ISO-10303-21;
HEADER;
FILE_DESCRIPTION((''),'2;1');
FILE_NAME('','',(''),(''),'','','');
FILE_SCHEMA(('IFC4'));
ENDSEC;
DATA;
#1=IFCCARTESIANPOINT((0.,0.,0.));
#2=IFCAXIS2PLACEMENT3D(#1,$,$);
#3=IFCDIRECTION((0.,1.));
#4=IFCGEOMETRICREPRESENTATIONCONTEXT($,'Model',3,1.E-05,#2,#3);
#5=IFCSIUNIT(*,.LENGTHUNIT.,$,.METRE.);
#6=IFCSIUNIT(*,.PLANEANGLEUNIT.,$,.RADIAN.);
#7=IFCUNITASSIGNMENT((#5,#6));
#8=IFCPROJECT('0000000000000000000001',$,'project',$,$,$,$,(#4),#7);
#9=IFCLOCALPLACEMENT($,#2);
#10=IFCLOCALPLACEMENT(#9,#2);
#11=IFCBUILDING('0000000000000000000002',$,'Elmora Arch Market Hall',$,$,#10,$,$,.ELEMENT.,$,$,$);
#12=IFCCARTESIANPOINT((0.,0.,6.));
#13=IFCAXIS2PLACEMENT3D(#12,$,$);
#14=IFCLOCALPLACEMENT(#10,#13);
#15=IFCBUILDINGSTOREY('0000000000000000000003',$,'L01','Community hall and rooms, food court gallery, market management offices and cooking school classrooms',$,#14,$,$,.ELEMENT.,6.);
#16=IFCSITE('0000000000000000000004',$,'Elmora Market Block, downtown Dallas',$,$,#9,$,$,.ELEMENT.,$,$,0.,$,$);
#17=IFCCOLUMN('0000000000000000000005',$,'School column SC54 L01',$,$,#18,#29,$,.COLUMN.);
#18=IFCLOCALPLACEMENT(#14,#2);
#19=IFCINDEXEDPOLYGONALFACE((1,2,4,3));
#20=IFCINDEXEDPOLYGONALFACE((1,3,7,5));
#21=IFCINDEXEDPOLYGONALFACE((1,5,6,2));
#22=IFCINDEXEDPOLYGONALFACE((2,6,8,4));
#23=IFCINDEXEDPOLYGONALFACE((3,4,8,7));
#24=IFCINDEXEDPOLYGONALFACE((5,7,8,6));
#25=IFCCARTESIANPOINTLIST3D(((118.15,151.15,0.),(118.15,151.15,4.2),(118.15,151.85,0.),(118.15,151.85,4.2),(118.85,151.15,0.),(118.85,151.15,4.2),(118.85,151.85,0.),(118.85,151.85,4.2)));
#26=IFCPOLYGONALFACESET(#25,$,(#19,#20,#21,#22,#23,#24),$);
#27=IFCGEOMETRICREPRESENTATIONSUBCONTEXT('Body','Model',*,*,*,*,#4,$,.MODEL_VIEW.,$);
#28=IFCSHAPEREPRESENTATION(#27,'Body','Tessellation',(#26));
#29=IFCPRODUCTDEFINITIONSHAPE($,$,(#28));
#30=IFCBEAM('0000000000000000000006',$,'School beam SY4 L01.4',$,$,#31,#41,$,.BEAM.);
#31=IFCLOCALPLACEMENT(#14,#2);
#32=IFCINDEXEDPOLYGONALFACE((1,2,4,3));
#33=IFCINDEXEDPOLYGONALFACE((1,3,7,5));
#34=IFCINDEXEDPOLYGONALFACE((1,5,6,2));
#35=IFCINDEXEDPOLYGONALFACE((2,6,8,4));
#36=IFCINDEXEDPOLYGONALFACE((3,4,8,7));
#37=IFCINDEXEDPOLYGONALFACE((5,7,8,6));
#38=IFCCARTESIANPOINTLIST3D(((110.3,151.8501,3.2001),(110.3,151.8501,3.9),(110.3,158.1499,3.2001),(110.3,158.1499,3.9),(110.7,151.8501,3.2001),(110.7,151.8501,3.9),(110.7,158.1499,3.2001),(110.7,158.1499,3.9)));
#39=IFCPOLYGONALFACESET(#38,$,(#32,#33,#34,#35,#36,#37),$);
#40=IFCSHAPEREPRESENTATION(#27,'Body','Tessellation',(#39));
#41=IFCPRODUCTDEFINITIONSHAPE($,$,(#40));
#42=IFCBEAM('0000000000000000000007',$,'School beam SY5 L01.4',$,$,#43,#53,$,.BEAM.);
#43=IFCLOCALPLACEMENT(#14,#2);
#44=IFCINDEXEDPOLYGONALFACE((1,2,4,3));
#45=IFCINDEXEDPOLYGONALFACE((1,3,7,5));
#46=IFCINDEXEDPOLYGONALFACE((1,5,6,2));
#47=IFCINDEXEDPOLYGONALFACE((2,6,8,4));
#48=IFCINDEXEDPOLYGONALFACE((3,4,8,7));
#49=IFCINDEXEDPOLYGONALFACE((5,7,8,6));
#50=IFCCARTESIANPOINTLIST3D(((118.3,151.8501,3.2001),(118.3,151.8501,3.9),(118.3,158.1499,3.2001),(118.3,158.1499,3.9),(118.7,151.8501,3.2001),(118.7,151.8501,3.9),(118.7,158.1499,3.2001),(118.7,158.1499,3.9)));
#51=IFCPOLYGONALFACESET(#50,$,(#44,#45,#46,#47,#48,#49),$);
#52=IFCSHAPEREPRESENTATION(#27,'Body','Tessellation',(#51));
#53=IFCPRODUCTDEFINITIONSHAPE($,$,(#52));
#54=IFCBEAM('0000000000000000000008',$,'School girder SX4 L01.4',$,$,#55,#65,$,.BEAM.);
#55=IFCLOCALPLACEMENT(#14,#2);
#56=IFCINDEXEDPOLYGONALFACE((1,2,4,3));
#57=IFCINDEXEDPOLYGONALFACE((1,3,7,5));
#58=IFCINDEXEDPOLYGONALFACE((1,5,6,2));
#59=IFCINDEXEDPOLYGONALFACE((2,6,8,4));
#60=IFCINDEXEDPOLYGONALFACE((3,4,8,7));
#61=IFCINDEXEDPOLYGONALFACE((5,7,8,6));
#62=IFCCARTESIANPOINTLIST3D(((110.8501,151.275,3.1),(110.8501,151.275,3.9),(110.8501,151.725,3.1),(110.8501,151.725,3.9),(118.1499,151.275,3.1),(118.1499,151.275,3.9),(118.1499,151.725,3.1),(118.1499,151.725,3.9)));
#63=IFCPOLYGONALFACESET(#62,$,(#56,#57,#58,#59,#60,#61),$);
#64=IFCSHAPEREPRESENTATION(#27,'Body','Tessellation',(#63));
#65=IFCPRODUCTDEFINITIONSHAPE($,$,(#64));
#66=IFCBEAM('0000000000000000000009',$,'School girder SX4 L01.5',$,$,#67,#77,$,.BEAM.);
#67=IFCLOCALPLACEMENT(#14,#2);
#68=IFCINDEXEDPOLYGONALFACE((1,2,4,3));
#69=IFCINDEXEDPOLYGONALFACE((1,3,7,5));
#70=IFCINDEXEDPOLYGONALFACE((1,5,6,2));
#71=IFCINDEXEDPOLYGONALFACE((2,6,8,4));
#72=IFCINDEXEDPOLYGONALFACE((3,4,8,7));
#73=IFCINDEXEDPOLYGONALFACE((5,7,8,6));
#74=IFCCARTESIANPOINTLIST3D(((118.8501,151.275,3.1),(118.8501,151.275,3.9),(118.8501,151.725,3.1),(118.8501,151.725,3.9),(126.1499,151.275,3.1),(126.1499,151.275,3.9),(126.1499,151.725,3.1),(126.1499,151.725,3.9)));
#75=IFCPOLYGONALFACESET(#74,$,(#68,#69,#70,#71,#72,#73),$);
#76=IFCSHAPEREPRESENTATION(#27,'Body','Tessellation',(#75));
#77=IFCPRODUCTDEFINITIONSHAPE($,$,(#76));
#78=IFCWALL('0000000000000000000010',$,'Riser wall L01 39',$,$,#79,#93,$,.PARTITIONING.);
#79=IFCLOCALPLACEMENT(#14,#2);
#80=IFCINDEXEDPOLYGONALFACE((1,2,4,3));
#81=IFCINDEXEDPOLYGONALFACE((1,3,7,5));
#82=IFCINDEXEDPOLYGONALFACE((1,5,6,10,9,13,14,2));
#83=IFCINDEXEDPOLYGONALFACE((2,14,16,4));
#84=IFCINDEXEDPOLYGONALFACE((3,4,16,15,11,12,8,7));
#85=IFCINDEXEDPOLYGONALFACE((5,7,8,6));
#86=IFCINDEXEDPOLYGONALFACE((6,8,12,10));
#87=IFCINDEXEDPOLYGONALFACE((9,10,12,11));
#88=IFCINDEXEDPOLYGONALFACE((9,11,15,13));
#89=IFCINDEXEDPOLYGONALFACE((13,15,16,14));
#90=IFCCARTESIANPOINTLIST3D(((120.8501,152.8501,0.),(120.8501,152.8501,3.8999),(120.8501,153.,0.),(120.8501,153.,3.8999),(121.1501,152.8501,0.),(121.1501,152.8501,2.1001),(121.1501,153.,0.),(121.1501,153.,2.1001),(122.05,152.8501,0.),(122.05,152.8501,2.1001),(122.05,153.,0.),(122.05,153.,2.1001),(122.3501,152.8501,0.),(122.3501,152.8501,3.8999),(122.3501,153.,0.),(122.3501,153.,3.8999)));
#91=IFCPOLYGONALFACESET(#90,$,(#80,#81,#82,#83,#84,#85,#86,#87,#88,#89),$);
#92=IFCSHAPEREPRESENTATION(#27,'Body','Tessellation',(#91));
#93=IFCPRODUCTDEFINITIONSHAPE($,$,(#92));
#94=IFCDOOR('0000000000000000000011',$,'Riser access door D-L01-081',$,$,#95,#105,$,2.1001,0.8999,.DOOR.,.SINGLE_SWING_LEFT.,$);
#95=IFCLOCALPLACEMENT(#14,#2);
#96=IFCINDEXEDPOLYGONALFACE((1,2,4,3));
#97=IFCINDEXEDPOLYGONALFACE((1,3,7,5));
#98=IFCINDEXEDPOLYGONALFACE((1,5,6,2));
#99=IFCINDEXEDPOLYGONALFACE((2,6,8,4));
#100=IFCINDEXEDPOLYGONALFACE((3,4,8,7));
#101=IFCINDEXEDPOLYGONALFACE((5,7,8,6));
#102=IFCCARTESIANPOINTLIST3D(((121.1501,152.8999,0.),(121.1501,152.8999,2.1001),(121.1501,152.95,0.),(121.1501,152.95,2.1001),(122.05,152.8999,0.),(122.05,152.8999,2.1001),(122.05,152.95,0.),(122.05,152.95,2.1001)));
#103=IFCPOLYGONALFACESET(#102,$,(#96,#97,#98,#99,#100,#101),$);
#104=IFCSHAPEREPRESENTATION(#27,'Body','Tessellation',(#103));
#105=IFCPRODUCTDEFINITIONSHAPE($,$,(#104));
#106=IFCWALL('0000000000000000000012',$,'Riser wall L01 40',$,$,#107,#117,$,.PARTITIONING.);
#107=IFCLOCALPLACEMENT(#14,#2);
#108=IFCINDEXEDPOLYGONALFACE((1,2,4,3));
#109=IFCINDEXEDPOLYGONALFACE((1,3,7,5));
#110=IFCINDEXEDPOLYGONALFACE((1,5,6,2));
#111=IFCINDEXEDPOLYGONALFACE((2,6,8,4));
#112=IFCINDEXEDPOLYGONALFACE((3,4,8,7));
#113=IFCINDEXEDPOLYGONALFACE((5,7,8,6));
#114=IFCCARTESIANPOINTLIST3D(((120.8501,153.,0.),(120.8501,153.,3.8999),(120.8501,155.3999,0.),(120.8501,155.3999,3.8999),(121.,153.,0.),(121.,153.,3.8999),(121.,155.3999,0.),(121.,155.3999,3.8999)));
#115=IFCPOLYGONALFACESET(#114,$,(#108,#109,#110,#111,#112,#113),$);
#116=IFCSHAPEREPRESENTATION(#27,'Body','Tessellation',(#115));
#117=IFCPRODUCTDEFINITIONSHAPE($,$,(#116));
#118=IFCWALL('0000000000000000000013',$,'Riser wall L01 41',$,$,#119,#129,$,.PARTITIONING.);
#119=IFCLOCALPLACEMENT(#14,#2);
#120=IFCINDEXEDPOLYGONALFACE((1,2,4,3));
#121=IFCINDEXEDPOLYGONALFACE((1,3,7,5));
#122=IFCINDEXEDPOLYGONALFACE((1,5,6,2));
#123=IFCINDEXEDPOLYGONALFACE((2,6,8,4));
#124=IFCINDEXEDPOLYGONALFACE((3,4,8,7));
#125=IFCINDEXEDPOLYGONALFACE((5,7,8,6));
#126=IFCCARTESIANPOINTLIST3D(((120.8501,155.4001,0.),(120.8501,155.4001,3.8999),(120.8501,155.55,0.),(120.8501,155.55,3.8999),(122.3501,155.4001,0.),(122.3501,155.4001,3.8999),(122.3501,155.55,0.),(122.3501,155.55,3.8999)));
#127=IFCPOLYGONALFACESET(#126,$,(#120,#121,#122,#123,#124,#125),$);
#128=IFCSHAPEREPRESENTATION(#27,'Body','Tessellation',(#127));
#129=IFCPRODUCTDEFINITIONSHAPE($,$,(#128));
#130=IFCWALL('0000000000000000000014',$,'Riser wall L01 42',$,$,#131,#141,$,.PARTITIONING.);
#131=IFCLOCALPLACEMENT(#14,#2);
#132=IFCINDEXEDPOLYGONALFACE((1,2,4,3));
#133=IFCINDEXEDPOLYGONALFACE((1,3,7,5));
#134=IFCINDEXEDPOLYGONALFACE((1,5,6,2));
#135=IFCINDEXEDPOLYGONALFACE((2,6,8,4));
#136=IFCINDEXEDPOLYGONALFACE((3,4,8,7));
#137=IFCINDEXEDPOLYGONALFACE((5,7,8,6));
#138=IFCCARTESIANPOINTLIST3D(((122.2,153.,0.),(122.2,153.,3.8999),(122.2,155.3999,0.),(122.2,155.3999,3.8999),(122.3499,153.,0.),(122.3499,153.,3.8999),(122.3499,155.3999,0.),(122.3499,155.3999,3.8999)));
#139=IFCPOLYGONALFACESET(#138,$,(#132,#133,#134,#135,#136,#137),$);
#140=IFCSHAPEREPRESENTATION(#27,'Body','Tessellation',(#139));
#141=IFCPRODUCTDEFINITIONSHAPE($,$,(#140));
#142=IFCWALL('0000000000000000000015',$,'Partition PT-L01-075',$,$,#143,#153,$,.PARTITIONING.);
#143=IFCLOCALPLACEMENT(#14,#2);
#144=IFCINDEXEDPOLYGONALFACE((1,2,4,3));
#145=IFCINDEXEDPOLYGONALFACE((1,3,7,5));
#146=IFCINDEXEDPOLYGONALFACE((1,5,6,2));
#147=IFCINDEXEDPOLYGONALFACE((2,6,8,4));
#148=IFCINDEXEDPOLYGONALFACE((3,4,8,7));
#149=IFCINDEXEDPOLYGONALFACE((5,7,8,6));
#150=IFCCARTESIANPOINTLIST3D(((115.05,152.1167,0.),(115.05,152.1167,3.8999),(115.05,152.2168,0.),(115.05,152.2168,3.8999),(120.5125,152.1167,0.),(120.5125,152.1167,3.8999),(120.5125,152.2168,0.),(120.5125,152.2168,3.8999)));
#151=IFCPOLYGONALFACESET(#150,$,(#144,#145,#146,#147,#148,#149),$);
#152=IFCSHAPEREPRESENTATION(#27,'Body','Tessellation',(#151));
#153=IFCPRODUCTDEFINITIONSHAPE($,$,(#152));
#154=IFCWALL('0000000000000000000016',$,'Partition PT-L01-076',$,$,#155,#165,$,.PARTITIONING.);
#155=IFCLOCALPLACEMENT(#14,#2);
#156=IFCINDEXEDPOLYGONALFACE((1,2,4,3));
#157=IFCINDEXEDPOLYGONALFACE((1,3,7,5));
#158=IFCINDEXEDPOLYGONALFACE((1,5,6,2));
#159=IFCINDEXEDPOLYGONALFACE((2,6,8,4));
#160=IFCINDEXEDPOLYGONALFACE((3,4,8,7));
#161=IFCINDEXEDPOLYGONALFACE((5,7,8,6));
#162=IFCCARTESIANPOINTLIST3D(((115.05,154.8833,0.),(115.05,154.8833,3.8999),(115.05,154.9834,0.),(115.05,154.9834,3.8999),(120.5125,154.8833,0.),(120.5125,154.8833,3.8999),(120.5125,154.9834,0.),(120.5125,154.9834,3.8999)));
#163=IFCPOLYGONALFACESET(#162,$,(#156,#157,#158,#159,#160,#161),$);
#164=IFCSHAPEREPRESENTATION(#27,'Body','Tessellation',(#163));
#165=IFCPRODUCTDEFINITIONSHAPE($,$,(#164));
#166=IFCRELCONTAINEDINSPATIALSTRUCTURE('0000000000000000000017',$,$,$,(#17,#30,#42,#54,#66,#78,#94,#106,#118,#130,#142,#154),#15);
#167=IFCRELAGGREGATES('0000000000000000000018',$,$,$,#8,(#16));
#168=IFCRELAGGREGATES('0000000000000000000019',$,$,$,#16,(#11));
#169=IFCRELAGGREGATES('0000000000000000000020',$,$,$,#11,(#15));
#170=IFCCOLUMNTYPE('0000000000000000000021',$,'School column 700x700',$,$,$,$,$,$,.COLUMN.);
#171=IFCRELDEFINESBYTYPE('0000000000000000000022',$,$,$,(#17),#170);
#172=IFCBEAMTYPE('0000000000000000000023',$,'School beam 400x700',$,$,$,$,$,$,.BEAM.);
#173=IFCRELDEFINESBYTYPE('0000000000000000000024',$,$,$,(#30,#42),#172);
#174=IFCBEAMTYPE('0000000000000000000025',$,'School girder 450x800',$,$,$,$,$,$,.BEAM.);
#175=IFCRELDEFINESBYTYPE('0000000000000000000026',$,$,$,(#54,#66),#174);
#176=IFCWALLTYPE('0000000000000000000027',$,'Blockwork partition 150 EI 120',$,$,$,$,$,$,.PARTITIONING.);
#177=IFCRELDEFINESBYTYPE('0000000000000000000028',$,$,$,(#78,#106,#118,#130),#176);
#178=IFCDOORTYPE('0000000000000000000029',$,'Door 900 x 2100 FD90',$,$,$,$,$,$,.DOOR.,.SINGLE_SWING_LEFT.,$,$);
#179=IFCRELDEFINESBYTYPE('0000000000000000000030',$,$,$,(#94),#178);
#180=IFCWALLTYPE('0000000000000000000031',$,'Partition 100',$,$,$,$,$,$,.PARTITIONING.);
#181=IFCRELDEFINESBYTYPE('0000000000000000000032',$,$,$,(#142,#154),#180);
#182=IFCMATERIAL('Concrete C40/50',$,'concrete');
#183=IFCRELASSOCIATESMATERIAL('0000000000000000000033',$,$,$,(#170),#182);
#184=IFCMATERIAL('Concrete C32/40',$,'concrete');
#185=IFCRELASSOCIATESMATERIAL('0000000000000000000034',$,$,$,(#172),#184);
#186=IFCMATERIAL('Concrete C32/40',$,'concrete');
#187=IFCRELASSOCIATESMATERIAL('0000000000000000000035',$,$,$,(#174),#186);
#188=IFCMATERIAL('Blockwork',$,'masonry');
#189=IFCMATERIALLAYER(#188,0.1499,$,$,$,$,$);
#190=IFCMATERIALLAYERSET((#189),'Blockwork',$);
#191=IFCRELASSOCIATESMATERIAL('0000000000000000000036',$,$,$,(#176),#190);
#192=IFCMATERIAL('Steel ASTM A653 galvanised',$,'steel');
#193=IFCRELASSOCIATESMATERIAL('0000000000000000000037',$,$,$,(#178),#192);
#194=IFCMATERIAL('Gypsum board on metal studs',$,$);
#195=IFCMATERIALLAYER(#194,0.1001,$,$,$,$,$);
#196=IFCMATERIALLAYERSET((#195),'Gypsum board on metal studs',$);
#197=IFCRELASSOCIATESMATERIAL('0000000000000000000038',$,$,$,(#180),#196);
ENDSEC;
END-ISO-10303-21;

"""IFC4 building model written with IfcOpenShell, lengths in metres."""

from ifc_helpers import new_model, si_unit, direction, frame, frame_2d, origin, origin_2d, place, context, subcontext, project, spatial, rectangle, extrude, material, layer, layer_set, material_profile, profile_set, type_object, element, fill, save


model = new_model("IFC4")

# Units and contexts
model_context = context("Model", 3, precision=1e-05, world=origin(), true_north=direction((0.0, 1.0)))
body_context = subcontext(model_context, "Body", "Model", "MODEL_VIEW")
ifc_project = project(units=[si_unit("LENGTHUNIT", "METRE"), si_unit("PLANEANGLEUNIT", "RADIAN")], contexts=[model_context])

# Site, building, storey
site_placement = place(None, origin())
site = spatial("IfcSite", under=ifc_project, at=site_placement, Name="Elmora Market Block, downtown Dallas", CompositionType="ELEMENT", RefElevation=0.0)
building_placement = place(site_placement, origin())
building = spatial("IfcBuilding", under=site, at=building_placement, Name="Elmora Arch Market Hall", CompositionType="ELEMENT")
storey_placement = place(building_placement, frame((0.0, 0.0, 6.0)))
storey = spatial("IfcBuildingStorey", under=building, at=storey_placement, Name="L01", Description="Community hall and rooms, food court gallery, market management offices and cooking school classrooms", CompositionType="ELEMENT", Elevation=6.0)

# Column
ifc_material_1 = material(Name="Concrete C40/50", Category="concrete")
ifc_material_profile_1 = material_profile(ifc_material_1, rectangle(XDim=0.7, YDim=0.7, at=origin_2d()), Name="School column 700x700")
ifc_profile_set_1 = profile_set([ifc_material_profile_1], Name="Concrete C40/50")
column_type = type_object("IfcColumnType", Name="School column 700x700", PredefinedType="COLUMN", material=ifc_profile_set_1)
column_placement = place(storey_placement, frame((118.5, 151.5, 0.0), z_axis=(0.0, 0.0, 1.0), x_axis=(1.0, 0.0, 0.0)))
element("IfcColumn", 1, at=column_placement, inside=storey, type_object=column_type, Name="School column SC54 L01", PredefinedType="COLUMN", context=body_context, shape_type="SweptSolid", body=[
    extrude(rectangle(XDim=0.7, YDim=0.7, at=origin_2d()), origin(), (0.0, 0.0, 1.0), 4.2),
])

# Beams
ifc_material_2 = material(Name="Concrete C32/40", Category="concrete")
ifc_material_profile_2 = material_profile(ifc_material_2, rectangle(XDim=0.3999, YDim=0.7, at=origin_2d()), Name="School beam 400x700")
ifc_profile_set_2 = profile_set([ifc_material_profile_2], Name="Concrete C32/40")
beam_type_1 = type_object("IfcBeamType", Name="School beam 400x700", PredefinedType="BEAM", material=ifc_profile_set_2)
for number, where, z_axis, x_axis, name in (
    (2, (110.5, 151.8501, 3.55), (0.0, 1.0, 0.0), (-1.0, 0.0, 0.0), "School beam SY4 L01.4"),
    (3, (118.5, 151.8501, 3.55), (0.0, 1.0, 0.0), (-1.0, 0.0, 0.0), "School beam SY5 L01.4"),
):
    element("IfcBeam", number, at=place(storey_placement, frame(where, z_axis=z_axis, x_axis=x_axis)), inside=storey, type_object=beam_type_1, Name=name, PredefinedType="BEAM", context=body_context, shape_type="SweptSolid", body=[
        extrude(rectangle(XDim=0.3999, YDim=0.7, at=origin_2d()), origin(), (0.0, 0.0, 1.0), 6.2998),
    ])
ifc_material_3 = material(Name="Concrete C32/40", Category="concrete")
ifc_material_profile_3 = material_profile(ifc_material_3, rectangle(XDim=0.45, YDim=0.8, at=origin_2d()), Name="School girder 450x800")
ifc_profile_set_3 = profile_set([ifc_material_profile_3], Name="Concrete C32/40")
beam_type_2 = type_object("IfcBeamType", Name="School girder 450x800", PredefinedType="BEAM", material=ifc_profile_set_3)
for number, where, z_axis, x_axis, name in (
    (4, (110.8501, 151.5, 3.5), (1.0, 0.0, 0.0), (0.0, 1.0, 0.0), "School girder SX4 L01.4"),
    (5, (118.8501, 151.5, 3.5), (1.0, 0.0, 0.0), (0.0, 1.0, 0.0), "School girder SX4 L01.5"),
):
    element("IfcBeam", number, at=place(storey_placement, frame(where, z_axis=z_axis, x_axis=x_axis)), inside=storey, type_object=beam_type_2, Name=name, PredefinedType="BEAM", context=body_context, shape_type="SweptSolid", body=[
        extrude(rectangle(XDim=0.45, YDim=0.8, at=origin_2d()), origin(), (0.0, 0.0, 1.0), 7.2998),
    ])

# Wall, opening, door
ifc_material_4 = material(Name="Blockwork", Category="masonry")
ifc_layer_1 = layer(ifc_material_4, 0.1499)
ifc_layer_set_1 = layer_set([ifc_layer_1], Name="Blockwork")
wall_type_1 = type_object("IfcWallType", Name="Blockwork partition 150 EI 120", PredefinedType="PARTITIONING", material=ifc_layer_set_1)
wall_1_placement = place(storey_placement, frame((120.8501, 152.925, 0.0), z_axis=(0.0, 0.0, 1.0), x_axis=(1.0, 0.0, 0.0)))
wall_1 = element("IfcWall", 6, at=wall_1_placement, inside=storey, type_object=wall_type_1, Name="Riser wall L01 39", PredefinedType="PARTITIONING", context=body_context, shape_type="SweptSolid", body=[
    extrude(rectangle(XDim=1.5, YDim=0.1499, at=frame_2d((0.75, 0.0))), origin(), (0.0, 0.0, 1.0), 3.8999),
])
opening_1_placement = place(wall_1_placement, frame((0.3, 0.0, 0.0)))
opening_1 = element("IfcOpeningElement", 7, at=opening_1_placement, cuts=wall_1, PredefinedType="OPENING", context=body_context, shape_type="SweptSolid", body=[
    extrude(rectangle(XDim=0.8999, YDim=2.1001, at=frame_2d((0.45, 1.05))), frame((0.0, 0.085, 0.0), z_axis=(0.0, -1.0, 0.0), x_axis=(1.0, 0.0, 0.0)), (0.0, 0.0, 1.0), 0.1699),
])
ifc_material_5 = material(Name="Steel ASTM A653 galvanised", Category="steel")
door_type_1 = type_object("IfcDoorType", Name="Door 900 x 2100 FD90", OperationType="SINGLE_SWING_LEFT", PredefinedType="DOOR", material=ifc_material_5)
door_1_placement = place(opening_1_placement, origin())
door_1 = element("IfcDoor", 8, at=door_1_placement, inside=storey, type_object=door_type_1, Name="Riser access door D-L01-081", OperationType="SINGLE_SWING_LEFT", OverallHeight=2.1001, OverallWidth=0.8999, PredefinedType="DOOR", context=body_context, shape_type="SweptSolid", body=[
    extrude(rectangle(XDim=0.8999, YDim=2.1001, at=frame_2d((0.45, 1.05))), frame((0.0, 0.0249, 0.0), z_axis=(0.0, -1.0, 0.0), x_axis=(1.0, 0.0, 0.0)), (0.0, 0.0, 1.0), 0.05),
])
fill(opening_1, door_1)

# Walls
wall_2_placement = place(storey_placement, frame((120.925, 153.0, 0.0), z_axis=(0.0, 0.0, 1.0), x_axis=(0.0, 1.0, 0.0)))
element("IfcWall", 9, at=wall_2_placement, inside=storey, type_object=wall_type_1, Name="Riser wall L01 40", PredefinedType="PARTITIONING", context=body_context, shape_type="SweptSolid", body=[
    extrude(rectangle(XDim=2.3999, YDim=0.1499, at=frame_2d((1.2, 0.0))), origin(), (0.0, 0.0, 1.0), 3.8999),
])
wall_3_placement = place(storey_placement, frame((120.8501, 155.4751, 0.0), z_axis=(0.0, 0.0, 1.0), x_axis=(1.0, 0.0, 0.0)))
element("IfcWall", 10, at=wall_3_placement, inside=storey, type_object=wall_type_1, Name="Riser wall L01 41", PredefinedType="PARTITIONING", context=body_context, shape_type="SweptSolid", body=[
    extrude(rectangle(XDim=1.5, YDim=0.1499, at=frame_2d((0.75, 0.0))), origin(), (0.0, 0.0, 1.0), 3.8999),
])
wall_4_placement = place(storey_placement, frame((122.2749, 153.0, 0.0), z_axis=(0.0, 0.0, 1.0), x_axis=(0.0, 1.0, 0.0)))
element("IfcWall", 11, at=wall_4_placement, inside=storey, type_object=wall_type_1, Name="Riser wall L01 42", PredefinedType="PARTITIONING", context=body_context, shape_type="SweptSolid", body=[
    extrude(rectangle(XDim=2.3999, YDim=0.1499, at=frame_2d((1.2, 0.0))), origin(), (0.0, 0.0, 1.0), 3.8999),
])
ifc_material_6 = material(Name="Gypsum board on metal studs")
ifc_layer_2 = layer(ifc_material_6, 0.1001)
ifc_layer_set_2 = layer_set([ifc_layer_2], Name="Gypsum board on metal studs")
wall_type_2 = type_object("IfcWallType", Name="Partition 100", PredefinedType="PARTITIONING", material=ifc_layer_set_2)
for number, where, z_axis, x_axis, name in (
    (12, (115.05, 152.1667, 0.0), (0.0, 0.0, 1.0), (1.0, 0.0, 0.0), "Partition PT-L01-075"),
    (13, (115.05, 154.9333, 0.0), (0.0, 0.0, 1.0), (1.0, 0.0, 0.0), "Partition PT-L01-076"),
):
    element("IfcWall", number, at=place(storey_placement, frame(where, z_axis=z_axis, x_axis=x_axis)), inside=storey, type_object=wall_type_2, Name=name, PredefinedType="PARTITIONING", context=body_context, shape_type="SweptSolid", body=[
        extrude(rectangle(XDim=5.4624, YDim=0.1001, at=frame_2d((2.7312, 0.0))), origin(), (0.0, 0.0, 1.0), 3.8999),
    ])

save(model, "model.ifc")
